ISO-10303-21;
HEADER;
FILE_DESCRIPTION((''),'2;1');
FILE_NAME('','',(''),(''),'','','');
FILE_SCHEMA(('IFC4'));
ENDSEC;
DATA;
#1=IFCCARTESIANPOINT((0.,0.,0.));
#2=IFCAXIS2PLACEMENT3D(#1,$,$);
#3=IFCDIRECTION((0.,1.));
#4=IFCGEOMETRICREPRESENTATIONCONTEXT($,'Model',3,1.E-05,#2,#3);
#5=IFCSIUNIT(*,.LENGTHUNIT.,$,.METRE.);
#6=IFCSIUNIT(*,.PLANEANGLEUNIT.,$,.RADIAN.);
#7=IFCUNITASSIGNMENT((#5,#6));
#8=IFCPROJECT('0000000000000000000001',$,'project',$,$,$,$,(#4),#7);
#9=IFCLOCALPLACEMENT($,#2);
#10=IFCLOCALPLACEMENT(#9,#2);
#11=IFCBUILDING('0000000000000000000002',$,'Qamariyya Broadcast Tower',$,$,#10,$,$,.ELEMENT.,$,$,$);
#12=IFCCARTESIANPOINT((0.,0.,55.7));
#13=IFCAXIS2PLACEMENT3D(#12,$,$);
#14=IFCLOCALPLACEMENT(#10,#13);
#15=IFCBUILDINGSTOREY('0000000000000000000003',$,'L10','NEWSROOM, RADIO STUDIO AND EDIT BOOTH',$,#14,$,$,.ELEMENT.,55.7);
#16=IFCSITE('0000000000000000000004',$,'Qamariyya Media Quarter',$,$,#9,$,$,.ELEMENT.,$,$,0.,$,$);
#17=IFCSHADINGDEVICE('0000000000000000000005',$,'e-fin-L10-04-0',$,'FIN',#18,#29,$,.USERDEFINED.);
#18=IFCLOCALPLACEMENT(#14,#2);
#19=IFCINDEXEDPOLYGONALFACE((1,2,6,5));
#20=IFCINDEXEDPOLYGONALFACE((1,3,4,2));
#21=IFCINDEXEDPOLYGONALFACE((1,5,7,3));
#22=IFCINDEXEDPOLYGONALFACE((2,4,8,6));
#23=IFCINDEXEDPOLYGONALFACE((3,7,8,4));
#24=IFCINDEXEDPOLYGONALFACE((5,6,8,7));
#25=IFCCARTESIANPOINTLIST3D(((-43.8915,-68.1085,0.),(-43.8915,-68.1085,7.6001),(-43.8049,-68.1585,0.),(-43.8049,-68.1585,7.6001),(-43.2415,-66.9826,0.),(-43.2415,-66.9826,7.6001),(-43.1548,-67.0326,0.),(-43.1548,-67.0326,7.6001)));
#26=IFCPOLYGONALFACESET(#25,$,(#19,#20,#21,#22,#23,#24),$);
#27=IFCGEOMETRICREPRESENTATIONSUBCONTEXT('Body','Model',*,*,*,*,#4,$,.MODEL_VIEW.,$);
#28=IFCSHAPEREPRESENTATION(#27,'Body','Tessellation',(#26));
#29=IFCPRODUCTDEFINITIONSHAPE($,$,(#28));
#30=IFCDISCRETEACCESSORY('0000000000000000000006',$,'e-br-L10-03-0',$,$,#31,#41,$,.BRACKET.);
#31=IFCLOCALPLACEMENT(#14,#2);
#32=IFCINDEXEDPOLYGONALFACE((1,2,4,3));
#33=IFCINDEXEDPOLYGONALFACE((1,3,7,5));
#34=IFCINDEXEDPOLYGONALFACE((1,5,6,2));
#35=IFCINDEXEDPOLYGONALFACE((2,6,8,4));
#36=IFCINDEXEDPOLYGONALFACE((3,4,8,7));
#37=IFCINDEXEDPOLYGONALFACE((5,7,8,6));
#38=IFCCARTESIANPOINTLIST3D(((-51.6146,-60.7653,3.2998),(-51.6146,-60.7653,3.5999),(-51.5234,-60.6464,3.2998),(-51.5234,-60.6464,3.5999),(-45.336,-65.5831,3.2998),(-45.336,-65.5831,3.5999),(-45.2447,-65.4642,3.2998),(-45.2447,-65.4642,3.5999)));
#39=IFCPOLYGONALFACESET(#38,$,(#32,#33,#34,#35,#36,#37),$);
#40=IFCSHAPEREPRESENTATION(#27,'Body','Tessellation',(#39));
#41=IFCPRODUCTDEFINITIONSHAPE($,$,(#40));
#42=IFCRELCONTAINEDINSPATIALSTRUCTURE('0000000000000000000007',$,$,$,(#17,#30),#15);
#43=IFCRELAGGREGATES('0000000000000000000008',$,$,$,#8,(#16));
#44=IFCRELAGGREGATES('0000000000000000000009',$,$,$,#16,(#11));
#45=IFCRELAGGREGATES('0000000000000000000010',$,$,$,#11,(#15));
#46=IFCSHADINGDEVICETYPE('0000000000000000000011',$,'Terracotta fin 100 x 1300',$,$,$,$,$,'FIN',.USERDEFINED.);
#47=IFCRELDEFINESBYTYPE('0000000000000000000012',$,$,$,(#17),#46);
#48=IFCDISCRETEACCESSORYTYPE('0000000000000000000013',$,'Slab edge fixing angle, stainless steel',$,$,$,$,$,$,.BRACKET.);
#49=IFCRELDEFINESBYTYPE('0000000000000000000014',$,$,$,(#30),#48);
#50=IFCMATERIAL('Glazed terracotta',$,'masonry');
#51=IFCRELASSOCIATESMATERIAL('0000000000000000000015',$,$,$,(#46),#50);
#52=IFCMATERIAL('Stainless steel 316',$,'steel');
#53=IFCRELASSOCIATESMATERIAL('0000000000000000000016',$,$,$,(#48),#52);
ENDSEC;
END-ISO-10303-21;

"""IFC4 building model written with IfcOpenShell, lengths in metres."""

from ifc_helpers import new_model, si_unit, direction, frame, origin, origin_2d, place, context, subcontext, project, spatial, rectangle, extrude, material, material_profile, profile_set, type_object, element, save


model = new_model("IFC4")

# Units and contexts
model_context = context("Model", 3, precision=1e-05, world=origin(), true_north=direction((0.0, 1.0)))
body_context = subcontext(model_context, "Body", "Model", "MODEL_VIEW")
ifc_project = project(units=[si_unit("LENGTHUNIT", "METRE"), si_unit("PLANEANGLEUNIT", "RADIAN")], contexts=[model_context])

# Site, building, storey
site_placement = place(None, origin())
site = spatial("IfcSite", under=ifc_project, at=site_placement, Name="Qamariyya Media Quarter", CompositionType="ELEMENT", RefElevation=0.0)
building_placement = place(site_placement, origin())
building = spatial("IfcBuilding", under=site, at=building_placement, Name="Qamariyya Broadcast Tower", CompositionType="ELEMENT")
storey_placement = place(building_placement, frame((0.0, 0.0, 55.7)))
storey = spatial("IfcBuildingStorey", under=building, at=storey_placement, Name="L10", Description="NEWSROOM, RADIO STUDIO AND EDIT BOOTH", CompositionType="ELEMENT", Elevation=55.7)

# Shading device
ifc_material_1 = material(Name="Glazed terracotta", Category="masonry")
ifc_material_profile_1 = material_profile(ifc_material_1, rectangle(XDim=1.3, YDim=0.1001, at=origin_2d()))
ifc_profile_set_1 = profile_set([ifc_material_profile_1], Name="Glazed terracotta")
shading_device_type_1 = type_object("IfcShadingDeviceType", Name="Terracotta fin 100 x 1300", ElementType="FIN", PredefinedType="USERDEFINED", material=ifc_profile_set_1)
for number, where, z_axis, x_axis, name in (
    (1, (-43.5232, -67.5706, 0.0), (0.0, 0.0, 1.0), (-0.5, -0.866025, 0.0), "e-fin-L10-04-0"),
):
    element("IfcShadingDevice", number, at=place(storey_placement, frame(where, z_axis=z_axis, x_axis=x_axis)), inside=storey, type_object=shading_device_type_1, Name=name, ObjectType="FIN", PredefinedType="USERDEFINED", context=body_context, shape_type="SweptSolid", body=[
        extrude(rectangle(XDim=1.3, YDim=0.1001, at=origin_2d()), origin(), (0.0, 0.0, 1.0), 7.6001),
    ])

# Discrete accessory
ifc_material_2 = material(Name="Stainless steel 316", Category="steel")
discrete_accessory_type = type_object("IfcDiscreteAccessoryType", Name="Slab edge fixing angle, stainless steel", PredefinedType="BRACKET", material=ifc_material_2)
discrete_accessory_placement = place(storey_placement, frame((-48.4297, -63.1147, 3.2998), z_axis=(0.0, 0.0, 1.0), x_axis=(0.793353, -0.608761, 0.0)))
element("IfcDiscreteAccessory", 2, at=discrete_accessory_placement, inside=storey, type_object=discrete_accessory_type, Name="e-br-L10-03-0", PredefinedType="BRACKET", context=body_context, shape_type="SweptSolid", body=[
    extrude(rectangle(XDim=7.9141, YDim=0.1499, at=origin_2d()), origin(), (0.0, 0.0, 1.0), 0.3),
])

save(model, "model.ifc")
